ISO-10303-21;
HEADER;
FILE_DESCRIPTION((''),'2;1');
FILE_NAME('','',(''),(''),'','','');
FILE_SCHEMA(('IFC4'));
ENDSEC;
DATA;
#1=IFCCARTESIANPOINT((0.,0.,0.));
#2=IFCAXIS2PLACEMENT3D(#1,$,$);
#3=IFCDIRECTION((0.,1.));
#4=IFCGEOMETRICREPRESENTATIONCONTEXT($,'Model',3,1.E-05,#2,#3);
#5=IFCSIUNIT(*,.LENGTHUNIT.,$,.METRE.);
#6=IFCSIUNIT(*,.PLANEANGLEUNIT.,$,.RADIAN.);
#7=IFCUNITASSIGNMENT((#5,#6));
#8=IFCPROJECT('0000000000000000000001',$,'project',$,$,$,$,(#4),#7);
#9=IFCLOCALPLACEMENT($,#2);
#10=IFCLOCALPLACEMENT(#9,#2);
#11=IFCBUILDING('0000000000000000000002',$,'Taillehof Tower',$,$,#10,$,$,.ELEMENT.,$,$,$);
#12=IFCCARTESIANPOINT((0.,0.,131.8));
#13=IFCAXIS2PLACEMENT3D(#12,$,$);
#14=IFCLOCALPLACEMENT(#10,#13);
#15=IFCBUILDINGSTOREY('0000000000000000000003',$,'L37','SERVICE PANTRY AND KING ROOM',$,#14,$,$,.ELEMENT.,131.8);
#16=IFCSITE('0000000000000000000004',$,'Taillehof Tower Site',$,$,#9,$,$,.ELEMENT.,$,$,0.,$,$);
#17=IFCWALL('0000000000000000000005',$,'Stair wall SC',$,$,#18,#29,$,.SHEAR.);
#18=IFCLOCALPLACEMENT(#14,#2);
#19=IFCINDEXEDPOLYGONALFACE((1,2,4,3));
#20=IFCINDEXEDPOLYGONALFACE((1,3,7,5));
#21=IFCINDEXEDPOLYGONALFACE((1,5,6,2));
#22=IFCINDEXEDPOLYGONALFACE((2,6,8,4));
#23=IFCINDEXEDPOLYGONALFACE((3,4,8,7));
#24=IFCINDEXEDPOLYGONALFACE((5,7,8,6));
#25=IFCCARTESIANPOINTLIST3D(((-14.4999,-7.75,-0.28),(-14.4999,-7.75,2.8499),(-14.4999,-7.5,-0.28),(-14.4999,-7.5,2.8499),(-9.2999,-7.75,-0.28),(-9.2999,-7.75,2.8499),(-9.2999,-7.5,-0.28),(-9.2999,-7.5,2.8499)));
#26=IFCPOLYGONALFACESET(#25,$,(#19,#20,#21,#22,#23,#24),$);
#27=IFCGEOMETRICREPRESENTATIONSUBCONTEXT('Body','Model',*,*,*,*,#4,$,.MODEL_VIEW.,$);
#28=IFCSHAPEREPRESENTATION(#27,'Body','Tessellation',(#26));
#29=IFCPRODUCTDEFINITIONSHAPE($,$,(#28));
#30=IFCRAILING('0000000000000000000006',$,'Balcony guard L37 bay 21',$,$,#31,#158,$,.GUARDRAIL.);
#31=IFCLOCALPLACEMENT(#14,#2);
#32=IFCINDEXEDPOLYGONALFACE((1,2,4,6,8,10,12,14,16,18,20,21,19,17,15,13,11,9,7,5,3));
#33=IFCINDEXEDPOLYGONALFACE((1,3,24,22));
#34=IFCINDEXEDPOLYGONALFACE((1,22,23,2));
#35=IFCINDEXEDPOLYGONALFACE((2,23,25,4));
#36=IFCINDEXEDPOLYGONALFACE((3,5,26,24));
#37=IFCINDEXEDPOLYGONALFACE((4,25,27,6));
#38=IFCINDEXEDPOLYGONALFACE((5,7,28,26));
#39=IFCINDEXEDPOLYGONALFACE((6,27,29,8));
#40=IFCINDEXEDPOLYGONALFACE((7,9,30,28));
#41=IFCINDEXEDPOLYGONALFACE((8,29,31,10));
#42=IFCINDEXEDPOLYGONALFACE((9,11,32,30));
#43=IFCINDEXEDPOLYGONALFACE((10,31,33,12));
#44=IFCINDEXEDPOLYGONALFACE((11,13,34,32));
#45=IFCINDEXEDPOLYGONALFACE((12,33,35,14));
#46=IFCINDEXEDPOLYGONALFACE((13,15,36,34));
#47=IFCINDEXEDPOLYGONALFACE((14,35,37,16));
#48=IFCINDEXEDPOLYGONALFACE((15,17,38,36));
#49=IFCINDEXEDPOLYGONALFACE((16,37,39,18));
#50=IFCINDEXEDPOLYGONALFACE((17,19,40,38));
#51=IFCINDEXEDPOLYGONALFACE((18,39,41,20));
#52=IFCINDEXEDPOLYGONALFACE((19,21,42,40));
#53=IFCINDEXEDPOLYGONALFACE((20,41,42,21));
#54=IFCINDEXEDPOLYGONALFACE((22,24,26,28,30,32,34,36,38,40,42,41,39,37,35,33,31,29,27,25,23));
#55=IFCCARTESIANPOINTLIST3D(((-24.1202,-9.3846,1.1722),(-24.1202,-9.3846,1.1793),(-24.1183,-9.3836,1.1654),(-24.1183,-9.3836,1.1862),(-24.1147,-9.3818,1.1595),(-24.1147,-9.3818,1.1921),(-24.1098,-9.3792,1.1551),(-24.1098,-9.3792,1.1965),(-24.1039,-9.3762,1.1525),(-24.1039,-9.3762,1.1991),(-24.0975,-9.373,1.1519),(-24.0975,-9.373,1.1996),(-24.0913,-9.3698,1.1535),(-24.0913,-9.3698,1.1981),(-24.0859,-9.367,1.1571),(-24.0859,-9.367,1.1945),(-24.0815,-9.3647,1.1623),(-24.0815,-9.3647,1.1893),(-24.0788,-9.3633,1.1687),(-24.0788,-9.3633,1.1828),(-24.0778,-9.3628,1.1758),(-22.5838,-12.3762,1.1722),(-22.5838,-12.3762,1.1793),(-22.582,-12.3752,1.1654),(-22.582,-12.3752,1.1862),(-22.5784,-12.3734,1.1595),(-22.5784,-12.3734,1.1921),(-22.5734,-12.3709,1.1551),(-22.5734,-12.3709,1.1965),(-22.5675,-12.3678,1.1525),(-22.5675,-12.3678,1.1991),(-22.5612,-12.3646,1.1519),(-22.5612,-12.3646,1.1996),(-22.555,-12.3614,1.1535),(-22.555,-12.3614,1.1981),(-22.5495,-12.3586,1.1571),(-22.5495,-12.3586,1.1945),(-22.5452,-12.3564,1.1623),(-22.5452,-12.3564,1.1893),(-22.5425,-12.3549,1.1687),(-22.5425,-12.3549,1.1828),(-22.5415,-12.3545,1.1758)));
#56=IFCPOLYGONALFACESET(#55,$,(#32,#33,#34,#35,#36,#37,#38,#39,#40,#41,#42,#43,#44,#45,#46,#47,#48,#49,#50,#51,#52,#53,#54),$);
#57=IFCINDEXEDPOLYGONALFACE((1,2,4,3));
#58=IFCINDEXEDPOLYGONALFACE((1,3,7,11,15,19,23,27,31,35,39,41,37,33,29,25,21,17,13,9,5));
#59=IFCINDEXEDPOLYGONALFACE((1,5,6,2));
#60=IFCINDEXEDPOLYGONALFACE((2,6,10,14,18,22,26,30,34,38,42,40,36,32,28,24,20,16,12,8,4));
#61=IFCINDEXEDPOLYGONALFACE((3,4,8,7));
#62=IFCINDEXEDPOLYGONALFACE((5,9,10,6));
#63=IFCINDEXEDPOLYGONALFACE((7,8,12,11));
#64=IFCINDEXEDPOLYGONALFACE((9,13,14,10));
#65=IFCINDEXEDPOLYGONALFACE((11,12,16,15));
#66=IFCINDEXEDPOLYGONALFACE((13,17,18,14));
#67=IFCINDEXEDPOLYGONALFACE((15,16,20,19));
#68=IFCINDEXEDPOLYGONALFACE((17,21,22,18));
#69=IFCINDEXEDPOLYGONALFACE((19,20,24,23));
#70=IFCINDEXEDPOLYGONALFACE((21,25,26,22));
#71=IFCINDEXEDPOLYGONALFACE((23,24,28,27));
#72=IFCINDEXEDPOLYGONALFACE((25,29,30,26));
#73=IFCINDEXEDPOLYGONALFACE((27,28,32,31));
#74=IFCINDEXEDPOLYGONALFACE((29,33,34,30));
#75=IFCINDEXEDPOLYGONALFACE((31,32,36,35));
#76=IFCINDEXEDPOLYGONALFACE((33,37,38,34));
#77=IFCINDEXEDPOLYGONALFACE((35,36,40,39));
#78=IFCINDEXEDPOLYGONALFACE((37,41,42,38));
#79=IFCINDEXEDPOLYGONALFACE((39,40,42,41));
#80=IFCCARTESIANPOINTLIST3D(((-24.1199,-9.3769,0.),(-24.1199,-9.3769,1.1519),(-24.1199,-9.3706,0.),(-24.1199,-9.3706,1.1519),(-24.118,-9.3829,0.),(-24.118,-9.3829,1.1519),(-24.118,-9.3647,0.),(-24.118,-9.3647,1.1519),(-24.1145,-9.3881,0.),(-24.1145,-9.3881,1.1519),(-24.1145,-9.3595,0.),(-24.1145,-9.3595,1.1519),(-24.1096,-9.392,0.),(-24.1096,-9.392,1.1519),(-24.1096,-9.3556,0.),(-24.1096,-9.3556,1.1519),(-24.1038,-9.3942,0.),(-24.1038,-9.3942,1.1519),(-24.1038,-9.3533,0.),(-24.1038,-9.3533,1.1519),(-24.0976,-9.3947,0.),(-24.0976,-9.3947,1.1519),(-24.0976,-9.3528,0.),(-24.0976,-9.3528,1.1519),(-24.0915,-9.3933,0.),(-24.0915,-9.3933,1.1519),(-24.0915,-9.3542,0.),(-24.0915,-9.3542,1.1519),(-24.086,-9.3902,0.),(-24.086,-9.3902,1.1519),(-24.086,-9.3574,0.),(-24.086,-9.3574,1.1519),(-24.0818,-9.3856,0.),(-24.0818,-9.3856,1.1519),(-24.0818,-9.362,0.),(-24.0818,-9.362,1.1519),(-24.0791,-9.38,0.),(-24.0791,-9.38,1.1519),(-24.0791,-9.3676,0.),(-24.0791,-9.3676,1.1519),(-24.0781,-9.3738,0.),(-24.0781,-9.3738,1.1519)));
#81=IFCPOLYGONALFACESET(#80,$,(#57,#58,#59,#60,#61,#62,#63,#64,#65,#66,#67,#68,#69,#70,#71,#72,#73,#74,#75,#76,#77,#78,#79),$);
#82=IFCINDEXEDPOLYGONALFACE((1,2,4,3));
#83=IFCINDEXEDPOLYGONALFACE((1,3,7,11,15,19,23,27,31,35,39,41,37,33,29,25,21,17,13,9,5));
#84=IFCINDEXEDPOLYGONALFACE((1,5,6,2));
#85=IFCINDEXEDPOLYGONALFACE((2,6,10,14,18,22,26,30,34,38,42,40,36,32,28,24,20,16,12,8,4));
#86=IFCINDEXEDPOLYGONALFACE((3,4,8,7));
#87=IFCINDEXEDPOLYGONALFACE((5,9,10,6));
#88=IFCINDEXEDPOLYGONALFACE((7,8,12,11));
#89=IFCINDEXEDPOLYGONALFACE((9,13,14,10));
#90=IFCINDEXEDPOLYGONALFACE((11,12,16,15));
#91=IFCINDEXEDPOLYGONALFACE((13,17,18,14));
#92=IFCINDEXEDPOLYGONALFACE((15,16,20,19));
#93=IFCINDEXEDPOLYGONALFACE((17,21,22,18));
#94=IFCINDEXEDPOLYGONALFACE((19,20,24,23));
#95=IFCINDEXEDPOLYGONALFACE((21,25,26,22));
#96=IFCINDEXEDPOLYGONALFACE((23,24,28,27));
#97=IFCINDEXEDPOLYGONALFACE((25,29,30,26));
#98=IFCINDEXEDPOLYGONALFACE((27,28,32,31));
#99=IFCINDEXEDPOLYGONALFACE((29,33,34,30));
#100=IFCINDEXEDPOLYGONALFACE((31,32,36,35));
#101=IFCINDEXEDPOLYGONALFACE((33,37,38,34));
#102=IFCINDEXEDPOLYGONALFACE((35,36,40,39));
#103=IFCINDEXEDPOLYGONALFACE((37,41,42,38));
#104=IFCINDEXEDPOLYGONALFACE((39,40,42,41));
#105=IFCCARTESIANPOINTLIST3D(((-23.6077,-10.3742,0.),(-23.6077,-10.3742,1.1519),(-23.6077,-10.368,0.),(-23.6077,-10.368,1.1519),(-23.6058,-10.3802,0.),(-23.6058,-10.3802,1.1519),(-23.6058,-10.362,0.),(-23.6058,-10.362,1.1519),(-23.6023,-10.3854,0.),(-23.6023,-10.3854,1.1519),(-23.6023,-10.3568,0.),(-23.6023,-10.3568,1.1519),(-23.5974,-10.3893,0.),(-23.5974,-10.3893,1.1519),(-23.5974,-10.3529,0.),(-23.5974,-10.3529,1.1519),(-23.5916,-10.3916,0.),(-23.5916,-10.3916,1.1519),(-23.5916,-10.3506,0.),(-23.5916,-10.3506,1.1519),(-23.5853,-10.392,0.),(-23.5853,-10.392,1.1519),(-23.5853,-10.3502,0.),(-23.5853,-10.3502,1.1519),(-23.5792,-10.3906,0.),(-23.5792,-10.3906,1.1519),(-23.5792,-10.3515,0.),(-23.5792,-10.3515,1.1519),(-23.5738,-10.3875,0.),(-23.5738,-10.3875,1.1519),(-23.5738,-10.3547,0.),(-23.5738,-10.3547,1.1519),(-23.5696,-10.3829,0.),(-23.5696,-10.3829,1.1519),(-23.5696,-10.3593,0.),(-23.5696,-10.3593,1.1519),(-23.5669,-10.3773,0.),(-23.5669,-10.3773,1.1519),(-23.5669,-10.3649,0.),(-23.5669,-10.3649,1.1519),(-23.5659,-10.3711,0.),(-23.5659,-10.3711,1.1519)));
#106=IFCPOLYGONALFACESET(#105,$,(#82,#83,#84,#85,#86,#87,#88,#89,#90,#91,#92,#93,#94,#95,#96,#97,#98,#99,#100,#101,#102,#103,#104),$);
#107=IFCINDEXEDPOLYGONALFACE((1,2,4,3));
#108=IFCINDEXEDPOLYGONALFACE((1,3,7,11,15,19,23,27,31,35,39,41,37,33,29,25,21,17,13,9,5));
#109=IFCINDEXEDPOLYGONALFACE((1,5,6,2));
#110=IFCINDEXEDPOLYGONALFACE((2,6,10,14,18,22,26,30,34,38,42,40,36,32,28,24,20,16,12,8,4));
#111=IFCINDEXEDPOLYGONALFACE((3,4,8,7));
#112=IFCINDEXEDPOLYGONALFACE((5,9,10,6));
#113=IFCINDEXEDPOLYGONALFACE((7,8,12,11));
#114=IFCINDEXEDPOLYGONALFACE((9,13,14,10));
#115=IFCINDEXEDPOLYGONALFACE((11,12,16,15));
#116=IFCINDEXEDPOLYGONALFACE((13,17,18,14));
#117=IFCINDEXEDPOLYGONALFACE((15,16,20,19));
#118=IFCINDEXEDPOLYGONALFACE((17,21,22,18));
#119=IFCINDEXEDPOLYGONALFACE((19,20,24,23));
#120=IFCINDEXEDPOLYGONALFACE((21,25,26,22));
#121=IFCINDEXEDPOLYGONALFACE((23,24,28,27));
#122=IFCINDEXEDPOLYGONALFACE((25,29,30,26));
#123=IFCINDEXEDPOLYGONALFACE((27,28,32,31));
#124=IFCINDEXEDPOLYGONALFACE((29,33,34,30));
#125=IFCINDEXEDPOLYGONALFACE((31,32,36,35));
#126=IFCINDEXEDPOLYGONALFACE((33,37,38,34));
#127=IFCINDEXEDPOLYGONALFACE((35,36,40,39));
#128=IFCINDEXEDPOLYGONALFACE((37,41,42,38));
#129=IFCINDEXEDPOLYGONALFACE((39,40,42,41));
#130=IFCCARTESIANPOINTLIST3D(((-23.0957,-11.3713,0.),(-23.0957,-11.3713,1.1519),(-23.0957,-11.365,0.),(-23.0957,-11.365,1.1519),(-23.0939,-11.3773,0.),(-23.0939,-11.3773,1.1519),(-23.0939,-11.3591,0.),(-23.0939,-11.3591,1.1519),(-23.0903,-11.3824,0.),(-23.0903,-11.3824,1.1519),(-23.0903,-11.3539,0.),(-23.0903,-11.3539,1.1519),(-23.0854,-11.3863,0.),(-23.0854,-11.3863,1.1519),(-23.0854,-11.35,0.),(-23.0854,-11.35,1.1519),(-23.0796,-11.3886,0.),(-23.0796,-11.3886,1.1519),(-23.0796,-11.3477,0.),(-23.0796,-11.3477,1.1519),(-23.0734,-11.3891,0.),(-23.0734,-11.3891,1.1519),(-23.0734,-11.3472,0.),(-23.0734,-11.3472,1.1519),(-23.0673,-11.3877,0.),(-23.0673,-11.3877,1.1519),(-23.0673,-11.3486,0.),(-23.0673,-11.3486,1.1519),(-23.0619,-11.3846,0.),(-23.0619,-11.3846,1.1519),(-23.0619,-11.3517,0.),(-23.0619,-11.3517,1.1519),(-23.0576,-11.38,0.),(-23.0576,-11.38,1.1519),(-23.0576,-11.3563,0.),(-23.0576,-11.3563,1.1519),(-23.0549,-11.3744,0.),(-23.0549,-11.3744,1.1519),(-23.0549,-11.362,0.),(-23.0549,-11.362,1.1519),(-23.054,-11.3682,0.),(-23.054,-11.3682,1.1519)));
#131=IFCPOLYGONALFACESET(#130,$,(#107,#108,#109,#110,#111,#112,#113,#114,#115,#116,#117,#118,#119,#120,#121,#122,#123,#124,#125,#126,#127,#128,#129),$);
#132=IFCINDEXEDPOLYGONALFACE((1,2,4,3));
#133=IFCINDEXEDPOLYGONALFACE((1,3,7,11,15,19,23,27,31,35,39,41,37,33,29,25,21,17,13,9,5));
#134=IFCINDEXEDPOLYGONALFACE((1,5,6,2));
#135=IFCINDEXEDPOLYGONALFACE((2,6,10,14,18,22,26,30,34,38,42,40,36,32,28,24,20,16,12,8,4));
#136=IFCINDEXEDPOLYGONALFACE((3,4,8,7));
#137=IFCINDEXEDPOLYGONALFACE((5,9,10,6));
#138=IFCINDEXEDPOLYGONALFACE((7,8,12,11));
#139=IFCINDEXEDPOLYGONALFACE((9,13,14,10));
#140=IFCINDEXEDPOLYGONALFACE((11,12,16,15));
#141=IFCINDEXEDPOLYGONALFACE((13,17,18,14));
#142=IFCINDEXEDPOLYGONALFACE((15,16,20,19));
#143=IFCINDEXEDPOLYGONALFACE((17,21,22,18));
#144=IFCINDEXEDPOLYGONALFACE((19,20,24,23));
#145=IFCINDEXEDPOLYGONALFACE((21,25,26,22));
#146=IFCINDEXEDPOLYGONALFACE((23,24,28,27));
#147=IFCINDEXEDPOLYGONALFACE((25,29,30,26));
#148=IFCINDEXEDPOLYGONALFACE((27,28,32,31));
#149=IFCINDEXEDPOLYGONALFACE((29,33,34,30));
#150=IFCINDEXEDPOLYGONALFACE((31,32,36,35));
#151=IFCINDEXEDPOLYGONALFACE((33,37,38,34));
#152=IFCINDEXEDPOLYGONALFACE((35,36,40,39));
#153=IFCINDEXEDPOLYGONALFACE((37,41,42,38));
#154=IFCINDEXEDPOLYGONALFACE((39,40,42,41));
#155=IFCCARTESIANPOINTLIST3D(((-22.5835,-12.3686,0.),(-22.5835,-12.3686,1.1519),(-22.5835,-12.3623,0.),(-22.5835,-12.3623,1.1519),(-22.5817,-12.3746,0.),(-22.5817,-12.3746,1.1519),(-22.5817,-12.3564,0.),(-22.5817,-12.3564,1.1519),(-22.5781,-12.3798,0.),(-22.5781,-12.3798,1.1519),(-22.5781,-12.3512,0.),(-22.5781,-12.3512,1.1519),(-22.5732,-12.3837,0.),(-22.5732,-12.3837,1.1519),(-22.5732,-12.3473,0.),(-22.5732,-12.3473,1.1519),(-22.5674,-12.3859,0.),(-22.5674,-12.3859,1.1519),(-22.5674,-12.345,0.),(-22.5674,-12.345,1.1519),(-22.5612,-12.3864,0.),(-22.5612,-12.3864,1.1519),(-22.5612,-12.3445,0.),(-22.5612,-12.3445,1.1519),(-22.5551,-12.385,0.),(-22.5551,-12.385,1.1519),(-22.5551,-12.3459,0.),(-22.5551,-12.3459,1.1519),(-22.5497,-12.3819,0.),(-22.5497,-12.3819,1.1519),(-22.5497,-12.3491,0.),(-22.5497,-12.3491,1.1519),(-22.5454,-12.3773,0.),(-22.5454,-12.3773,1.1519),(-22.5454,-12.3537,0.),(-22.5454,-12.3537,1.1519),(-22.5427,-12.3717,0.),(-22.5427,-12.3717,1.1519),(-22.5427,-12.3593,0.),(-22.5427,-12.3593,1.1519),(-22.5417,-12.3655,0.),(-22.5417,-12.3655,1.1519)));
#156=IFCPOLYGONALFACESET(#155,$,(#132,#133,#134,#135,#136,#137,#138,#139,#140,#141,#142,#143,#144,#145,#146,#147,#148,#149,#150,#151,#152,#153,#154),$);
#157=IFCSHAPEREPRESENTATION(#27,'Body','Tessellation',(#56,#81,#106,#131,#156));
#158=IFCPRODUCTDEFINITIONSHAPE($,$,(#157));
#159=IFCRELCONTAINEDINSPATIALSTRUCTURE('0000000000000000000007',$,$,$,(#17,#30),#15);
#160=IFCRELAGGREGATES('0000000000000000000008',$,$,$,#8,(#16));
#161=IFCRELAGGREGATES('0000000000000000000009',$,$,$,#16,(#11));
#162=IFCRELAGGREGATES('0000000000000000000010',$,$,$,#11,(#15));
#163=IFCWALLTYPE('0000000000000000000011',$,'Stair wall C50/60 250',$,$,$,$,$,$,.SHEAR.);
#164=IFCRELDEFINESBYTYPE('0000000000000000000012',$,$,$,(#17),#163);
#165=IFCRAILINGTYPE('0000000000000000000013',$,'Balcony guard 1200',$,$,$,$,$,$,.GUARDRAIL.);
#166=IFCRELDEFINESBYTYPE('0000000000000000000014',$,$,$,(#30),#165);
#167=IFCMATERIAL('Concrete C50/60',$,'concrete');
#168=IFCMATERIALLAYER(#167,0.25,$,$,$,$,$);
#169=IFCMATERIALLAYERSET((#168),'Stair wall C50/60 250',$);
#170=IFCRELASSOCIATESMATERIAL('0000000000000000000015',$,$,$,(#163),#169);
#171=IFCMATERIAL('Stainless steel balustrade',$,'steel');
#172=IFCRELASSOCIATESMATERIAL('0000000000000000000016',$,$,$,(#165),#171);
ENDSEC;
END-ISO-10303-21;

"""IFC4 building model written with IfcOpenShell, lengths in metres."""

from ifc_helpers import new_model, si_unit, direction, frame, frame_2d, origin, origin_2d, place, context, subcontext, project, spatial, rectangle, circle, extrude, material, layer, layer_set, type_object, element, save


model = new_model("IFC4")

# Units and contexts
model_context = context("Model", 3, precision=1e-05, world=origin(), true_north=direction((0.0, 1.0)))
body_context = subcontext(model_context, "Body", "Model", "MODEL_VIEW")
ifc_project = project(units=[si_unit("LENGTHUNIT", "METRE"), si_unit("PLANEANGLEUNIT", "RADIAN")], contexts=[model_context])

# Site, building, storey
site_placement = place(None, origin())
site = spatial("IfcSite", under=ifc_project, at=site_placement, Name="Taillehof Tower Site", CompositionType="ELEMENT", RefElevation=0.0)
building_placement = place(site_placement, origin())
building = spatial("IfcBuilding", under=site, at=building_placement, Name="Taillehof Tower", CompositionType="ELEMENT")
storey_placement = place(building_placement, frame((0.0, 0.0, 131.8)))
storey = spatial("IfcBuildingStorey", under=building, at=storey_placement, Name="L37", Description="SERVICE PANTRY AND KING ROOM", CompositionType="ELEMENT", Elevation=131.8)

# Wall
ifc_material_1 = material(Name="Concrete C50/60", Category="concrete")
ifc_layer_1 = layer(ifc_material_1, 0.25)
ifc_layer_set_1 = layer_set([ifc_layer_1], Name="Stair wall C50/60 250")
wall_type_1 = type_object("IfcWallType", Name="Stair wall C50/60 250", PredefinedType="SHEAR", material=ifc_layer_set_1)
wall_1_placement = place(storey_placement, frame((-14.5, -7.625, -0.28), z_axis=(0.0, 0.0, 1.0), x_axis=(1.0, 0.0, 0.0)))
element("IfcWall", 1, at=wall_1_placement, inside=storey, type_object=wall_type_1, Name="Stair wall SC", PredefinedType="SHEAR", context=body_context, shape_type="SweptSolid", body=[
    extrude(rectangle(XDim=5.2, YDim=0.25, at=frame_2d((2.6001, 0.0))), origin(), (0.0, 0.0, 1.0), 3.1299),
])

# Railing
ifc_material_2 = material(Name="Stainless steel balustrade", Category="steel")
railing_type = type_object("IfcRailingType", Name="Balcony guard 1200", PredefinedType="GUARDRAIL", material=ifc_material_2)
railing_placement = place(storey_placement, frame((-24.0991, -9.3738, 0.0)))
element("IfcRailing", 2, at=railing_placement, inside=storey, type_object=railing_type, Name="Balcony guard L37 bay 21", PredefinedType="GUARDRAIL", context=body_context, shape_type="SweptSolid", body=[
    extrude(circle(Radius=0.0239, at=origin_2d()), frame((0.0, 0.0, 1.1758), z_axis=(0.456828, -0.889555, 0.0), x_axis=(0.889555, 0.456828, 0.0)), (0.0, 0.0, 1.0), 3.363),
    extrude(circle(Radius=0.021, at=origin_2d()), origin(), (0.0, 0.0, 1.0), 1.1519),
    extrude(circle(Radius=0.021, at=origin_2d()), frame((0.5122, -0.9973, 0.0)), (0.0, 0.0, 1.0), 1.1519),
    extrude(circle(Radius=0.021, at=origin_2d()), frame((1.0242, -1.9944, 0.0)), (0.0, 0.0, 1.0), 1.1519),
    extrude(circle(Radius=0.021, at=origin_2d()), frame((1.5364, -2.9917, 0.0)), (0.0, 0.0, 1.0), 1.1519),
])

save(model, "model.ifc")
